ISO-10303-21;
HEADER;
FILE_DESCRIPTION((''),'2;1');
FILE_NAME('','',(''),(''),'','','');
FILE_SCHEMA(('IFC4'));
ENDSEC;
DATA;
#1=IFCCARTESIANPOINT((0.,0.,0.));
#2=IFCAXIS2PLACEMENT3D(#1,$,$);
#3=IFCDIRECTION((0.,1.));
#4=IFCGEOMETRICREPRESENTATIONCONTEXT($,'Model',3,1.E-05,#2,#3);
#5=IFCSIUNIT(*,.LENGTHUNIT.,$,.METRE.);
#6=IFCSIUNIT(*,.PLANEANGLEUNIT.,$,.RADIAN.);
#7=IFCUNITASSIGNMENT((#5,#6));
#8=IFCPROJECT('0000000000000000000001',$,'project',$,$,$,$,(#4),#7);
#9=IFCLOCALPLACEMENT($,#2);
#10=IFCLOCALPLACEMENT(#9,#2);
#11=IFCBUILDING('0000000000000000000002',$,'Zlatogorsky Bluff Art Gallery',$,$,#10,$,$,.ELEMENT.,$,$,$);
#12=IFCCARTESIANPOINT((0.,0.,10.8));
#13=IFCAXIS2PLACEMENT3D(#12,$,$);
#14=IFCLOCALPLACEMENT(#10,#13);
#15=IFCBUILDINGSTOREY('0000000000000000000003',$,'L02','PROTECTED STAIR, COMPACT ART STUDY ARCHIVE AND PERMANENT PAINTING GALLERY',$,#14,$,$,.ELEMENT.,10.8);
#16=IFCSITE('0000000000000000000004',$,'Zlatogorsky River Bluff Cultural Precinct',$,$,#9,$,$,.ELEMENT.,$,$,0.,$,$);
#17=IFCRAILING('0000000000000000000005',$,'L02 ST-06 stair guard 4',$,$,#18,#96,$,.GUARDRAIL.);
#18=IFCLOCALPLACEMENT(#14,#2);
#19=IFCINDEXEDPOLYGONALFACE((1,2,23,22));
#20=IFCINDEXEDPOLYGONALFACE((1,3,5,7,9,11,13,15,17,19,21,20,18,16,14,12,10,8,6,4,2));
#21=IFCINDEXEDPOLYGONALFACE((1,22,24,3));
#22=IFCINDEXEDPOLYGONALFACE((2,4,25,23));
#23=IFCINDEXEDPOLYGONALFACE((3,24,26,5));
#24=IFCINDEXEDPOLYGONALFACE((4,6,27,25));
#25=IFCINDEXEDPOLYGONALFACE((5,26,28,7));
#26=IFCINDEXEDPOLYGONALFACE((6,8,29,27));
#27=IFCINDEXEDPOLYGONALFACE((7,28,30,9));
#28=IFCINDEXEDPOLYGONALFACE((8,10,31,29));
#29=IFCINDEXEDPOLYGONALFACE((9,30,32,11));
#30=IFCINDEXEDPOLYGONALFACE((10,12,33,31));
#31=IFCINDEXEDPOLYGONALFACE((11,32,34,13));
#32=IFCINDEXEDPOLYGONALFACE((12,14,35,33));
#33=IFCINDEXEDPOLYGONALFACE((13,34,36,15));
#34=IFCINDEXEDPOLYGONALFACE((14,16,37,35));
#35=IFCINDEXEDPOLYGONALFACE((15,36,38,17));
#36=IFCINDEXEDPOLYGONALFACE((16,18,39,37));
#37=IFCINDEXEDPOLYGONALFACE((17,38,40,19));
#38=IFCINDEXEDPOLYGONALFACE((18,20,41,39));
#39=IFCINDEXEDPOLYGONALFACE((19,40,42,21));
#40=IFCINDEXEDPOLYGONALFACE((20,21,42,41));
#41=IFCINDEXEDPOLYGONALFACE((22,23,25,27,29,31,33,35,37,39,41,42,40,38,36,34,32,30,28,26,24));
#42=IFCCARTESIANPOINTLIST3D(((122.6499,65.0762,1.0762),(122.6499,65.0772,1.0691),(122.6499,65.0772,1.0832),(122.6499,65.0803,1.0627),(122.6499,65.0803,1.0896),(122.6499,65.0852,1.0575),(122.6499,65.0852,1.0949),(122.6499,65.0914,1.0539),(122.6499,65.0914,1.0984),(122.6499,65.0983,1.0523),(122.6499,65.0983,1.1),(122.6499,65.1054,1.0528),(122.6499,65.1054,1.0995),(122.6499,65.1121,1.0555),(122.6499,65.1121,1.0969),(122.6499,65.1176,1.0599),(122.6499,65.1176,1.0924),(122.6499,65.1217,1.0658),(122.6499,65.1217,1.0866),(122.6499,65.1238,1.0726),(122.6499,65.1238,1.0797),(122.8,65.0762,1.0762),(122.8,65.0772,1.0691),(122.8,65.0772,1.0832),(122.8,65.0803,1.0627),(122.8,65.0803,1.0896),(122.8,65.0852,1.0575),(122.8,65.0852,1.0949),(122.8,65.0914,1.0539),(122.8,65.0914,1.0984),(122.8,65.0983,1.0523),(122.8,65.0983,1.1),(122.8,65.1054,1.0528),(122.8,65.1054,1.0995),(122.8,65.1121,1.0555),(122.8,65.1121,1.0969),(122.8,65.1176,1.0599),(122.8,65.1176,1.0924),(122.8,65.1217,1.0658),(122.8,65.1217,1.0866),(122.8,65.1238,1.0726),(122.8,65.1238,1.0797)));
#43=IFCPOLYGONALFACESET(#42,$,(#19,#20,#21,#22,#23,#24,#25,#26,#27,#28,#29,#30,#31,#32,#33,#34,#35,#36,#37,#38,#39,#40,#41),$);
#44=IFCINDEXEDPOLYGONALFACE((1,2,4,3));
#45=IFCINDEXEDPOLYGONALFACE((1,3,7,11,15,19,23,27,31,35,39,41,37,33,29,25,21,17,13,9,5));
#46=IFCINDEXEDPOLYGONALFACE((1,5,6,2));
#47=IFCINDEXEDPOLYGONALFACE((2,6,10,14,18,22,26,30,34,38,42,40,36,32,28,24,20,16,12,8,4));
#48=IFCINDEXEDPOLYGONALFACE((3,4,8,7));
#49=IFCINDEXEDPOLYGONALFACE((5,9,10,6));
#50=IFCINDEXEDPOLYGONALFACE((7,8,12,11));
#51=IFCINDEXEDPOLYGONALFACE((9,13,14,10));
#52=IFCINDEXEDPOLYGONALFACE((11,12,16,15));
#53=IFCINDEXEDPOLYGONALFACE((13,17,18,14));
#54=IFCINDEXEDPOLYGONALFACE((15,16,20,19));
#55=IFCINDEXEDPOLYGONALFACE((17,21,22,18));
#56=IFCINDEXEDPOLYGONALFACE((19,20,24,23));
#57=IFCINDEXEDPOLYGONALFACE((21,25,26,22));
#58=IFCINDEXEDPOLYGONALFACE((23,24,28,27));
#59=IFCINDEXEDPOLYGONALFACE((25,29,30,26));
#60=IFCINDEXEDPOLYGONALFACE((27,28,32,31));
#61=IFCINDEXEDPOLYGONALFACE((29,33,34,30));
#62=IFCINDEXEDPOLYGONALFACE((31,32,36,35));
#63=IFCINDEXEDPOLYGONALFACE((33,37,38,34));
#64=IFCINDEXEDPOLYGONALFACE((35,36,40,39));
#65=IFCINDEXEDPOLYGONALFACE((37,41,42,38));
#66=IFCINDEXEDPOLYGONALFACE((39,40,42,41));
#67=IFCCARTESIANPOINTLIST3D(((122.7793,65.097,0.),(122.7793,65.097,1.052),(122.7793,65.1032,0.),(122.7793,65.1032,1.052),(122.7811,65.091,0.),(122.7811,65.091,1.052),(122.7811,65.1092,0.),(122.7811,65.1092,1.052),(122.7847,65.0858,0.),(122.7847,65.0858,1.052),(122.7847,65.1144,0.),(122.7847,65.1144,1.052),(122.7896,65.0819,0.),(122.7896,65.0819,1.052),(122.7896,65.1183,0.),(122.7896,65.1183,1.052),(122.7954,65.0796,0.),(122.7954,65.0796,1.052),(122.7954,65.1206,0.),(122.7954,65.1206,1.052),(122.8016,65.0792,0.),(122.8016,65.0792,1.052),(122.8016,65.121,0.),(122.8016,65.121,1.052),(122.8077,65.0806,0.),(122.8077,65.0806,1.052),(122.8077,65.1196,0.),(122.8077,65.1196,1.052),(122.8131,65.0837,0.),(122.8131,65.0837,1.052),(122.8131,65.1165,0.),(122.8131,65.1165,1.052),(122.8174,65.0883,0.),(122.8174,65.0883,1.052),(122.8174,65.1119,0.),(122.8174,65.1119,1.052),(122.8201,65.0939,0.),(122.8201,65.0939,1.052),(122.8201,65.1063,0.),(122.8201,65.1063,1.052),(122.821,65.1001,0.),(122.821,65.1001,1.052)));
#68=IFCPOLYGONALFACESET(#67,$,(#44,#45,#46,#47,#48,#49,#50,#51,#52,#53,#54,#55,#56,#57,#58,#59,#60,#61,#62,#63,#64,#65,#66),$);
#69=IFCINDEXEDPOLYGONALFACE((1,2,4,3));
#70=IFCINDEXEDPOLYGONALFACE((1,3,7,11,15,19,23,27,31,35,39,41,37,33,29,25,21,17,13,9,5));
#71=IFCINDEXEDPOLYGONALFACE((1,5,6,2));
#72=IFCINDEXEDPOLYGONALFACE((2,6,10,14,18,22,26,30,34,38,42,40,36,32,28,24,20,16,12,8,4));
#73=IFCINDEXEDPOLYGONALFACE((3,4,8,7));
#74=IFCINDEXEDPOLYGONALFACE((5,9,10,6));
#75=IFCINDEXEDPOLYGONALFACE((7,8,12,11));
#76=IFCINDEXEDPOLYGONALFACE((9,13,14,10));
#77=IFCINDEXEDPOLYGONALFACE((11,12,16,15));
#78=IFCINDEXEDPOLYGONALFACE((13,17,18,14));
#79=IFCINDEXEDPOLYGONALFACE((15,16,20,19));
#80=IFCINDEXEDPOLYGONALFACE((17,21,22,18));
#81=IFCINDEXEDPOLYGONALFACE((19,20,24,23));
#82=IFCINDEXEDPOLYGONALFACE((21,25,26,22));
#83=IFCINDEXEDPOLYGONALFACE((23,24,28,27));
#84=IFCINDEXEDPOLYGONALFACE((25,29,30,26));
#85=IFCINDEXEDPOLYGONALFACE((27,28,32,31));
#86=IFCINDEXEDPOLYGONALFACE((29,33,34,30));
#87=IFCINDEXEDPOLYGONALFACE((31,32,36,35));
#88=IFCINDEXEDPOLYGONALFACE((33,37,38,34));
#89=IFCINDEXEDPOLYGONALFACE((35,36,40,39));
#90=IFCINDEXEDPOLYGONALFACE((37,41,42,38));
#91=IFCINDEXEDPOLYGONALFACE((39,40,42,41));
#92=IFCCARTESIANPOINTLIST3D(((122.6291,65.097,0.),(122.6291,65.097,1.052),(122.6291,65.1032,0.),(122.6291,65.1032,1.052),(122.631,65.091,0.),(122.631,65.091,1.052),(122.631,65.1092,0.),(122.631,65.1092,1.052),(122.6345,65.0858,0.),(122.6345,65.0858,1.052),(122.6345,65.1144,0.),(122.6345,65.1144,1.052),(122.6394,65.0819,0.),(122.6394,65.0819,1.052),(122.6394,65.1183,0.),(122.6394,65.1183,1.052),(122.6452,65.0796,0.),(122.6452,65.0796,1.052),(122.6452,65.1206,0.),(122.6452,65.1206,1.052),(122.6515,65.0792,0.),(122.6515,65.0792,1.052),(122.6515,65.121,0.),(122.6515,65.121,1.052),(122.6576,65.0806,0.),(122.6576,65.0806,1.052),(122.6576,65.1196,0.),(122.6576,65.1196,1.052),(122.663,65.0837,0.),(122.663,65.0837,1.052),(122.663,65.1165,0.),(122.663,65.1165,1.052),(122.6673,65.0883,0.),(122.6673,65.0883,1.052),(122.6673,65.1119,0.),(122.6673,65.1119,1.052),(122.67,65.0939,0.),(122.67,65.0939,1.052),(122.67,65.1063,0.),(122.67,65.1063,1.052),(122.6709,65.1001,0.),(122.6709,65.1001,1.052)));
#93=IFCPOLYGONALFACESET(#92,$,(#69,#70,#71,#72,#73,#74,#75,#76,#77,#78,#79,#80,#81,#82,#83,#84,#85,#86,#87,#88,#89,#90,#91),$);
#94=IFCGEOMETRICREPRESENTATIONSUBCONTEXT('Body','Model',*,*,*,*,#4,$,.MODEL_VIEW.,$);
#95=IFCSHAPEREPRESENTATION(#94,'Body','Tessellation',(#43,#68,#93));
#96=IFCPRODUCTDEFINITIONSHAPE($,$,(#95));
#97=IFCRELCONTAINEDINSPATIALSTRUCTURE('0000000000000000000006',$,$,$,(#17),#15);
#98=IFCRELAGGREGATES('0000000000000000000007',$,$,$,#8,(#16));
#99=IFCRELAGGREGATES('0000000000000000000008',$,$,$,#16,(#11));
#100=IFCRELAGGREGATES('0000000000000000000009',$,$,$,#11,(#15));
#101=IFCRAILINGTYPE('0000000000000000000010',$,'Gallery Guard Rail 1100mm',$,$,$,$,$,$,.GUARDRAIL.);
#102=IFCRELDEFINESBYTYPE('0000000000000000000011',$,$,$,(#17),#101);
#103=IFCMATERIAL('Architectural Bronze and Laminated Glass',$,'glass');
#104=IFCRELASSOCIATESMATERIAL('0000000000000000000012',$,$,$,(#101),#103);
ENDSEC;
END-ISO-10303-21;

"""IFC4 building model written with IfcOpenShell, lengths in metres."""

from ifc_helpers import new_model, si_unit, direction, frame, origin, origin_2d, place, context, subcontext, project, spatial, circle, extrude, material, type_object, element, save


model = new_model("IFC4")

# Units and contexts
model_context = context("Model", 3, precision=1e-05, world=origin(), true_north=direction((0.0, 1.0)))
body_context = subcontext(model_context, "Body", "Model", "MODEL_VIEW")
ifc_project = project(units=[si_unit("LENGTHUNIT", "METRE"), si_unit("PLANEANGLEUNIT", "RADIAN")], contexts=[model_context])

# Site, building, storey
site_placement = place(None, origin())
site = spatial("IfcSite", under=ifc_project, at=site_placement, Name="Zlatogorsky River Bluff Cultural Precinct", CompositionType="ELEMENT", RefElevation=0.0)
building_placement = place(site_placement, origin())
building = spatial("IfcBuilding", under=site, at=building_placement, Name="Zlatogorsky Bluff Art Gallery", CompositionType="ELEMENT")
storey_placement = place(building_placement, frame((0.0, 0.0, 10.8)))
storey = spatial("IfcBuildingStorey", under=building, at=storey_placement, Name="L02", Description="PROTECTED STAIR, COMPACT ART STUDY ARCHIVE AND PERMANENT PAINTING GALLERY", CompositionType="ELEMENT", Elevation=10.8)

# Railing
ifc_material_1 = material(Name="Architectural Bronze and Laminated Glass", Category="glass")
railing_type_1 = type_object("IfcRailingType", Name="Gallery Guard Rail 1100mm", PredefinedType="GUARDRAIL", material=ifc_material_1)
railing_1_placement = place(storey_placement, frame((122.8, 65.1001, 0.0)))
element("IfcRailing", 1, at=railing_1_placement, inside=storey, type_object=railing_type_1, Name="L02 ST-06 stair guard 4", PredefinedType="GUARDRAIL", context=body_context, shape_type="SweptSolid", body=[
    extrude(circle(Radius=0.0239, at=origin_2d()), frame((0.0, 0.0, 1.0762), z_axis=(-1.0, 0.0, 0.0), x_axis=(0.0, -1.0, 0.0)), (0.0, 0.0, 1.0), 0.1501),
    extrude(circle(Radius=0.021, at=origin_2d()), origin(), (0.0, 0.0, 1.0), 1.052),
    extrude(circle(Radius=0.021, at=origin_2d()), frame((-0.1501, 0.0, 0.0)), (0.0, 0.0, 1.0), 1.052),
])

save(model, "model.ifc")
